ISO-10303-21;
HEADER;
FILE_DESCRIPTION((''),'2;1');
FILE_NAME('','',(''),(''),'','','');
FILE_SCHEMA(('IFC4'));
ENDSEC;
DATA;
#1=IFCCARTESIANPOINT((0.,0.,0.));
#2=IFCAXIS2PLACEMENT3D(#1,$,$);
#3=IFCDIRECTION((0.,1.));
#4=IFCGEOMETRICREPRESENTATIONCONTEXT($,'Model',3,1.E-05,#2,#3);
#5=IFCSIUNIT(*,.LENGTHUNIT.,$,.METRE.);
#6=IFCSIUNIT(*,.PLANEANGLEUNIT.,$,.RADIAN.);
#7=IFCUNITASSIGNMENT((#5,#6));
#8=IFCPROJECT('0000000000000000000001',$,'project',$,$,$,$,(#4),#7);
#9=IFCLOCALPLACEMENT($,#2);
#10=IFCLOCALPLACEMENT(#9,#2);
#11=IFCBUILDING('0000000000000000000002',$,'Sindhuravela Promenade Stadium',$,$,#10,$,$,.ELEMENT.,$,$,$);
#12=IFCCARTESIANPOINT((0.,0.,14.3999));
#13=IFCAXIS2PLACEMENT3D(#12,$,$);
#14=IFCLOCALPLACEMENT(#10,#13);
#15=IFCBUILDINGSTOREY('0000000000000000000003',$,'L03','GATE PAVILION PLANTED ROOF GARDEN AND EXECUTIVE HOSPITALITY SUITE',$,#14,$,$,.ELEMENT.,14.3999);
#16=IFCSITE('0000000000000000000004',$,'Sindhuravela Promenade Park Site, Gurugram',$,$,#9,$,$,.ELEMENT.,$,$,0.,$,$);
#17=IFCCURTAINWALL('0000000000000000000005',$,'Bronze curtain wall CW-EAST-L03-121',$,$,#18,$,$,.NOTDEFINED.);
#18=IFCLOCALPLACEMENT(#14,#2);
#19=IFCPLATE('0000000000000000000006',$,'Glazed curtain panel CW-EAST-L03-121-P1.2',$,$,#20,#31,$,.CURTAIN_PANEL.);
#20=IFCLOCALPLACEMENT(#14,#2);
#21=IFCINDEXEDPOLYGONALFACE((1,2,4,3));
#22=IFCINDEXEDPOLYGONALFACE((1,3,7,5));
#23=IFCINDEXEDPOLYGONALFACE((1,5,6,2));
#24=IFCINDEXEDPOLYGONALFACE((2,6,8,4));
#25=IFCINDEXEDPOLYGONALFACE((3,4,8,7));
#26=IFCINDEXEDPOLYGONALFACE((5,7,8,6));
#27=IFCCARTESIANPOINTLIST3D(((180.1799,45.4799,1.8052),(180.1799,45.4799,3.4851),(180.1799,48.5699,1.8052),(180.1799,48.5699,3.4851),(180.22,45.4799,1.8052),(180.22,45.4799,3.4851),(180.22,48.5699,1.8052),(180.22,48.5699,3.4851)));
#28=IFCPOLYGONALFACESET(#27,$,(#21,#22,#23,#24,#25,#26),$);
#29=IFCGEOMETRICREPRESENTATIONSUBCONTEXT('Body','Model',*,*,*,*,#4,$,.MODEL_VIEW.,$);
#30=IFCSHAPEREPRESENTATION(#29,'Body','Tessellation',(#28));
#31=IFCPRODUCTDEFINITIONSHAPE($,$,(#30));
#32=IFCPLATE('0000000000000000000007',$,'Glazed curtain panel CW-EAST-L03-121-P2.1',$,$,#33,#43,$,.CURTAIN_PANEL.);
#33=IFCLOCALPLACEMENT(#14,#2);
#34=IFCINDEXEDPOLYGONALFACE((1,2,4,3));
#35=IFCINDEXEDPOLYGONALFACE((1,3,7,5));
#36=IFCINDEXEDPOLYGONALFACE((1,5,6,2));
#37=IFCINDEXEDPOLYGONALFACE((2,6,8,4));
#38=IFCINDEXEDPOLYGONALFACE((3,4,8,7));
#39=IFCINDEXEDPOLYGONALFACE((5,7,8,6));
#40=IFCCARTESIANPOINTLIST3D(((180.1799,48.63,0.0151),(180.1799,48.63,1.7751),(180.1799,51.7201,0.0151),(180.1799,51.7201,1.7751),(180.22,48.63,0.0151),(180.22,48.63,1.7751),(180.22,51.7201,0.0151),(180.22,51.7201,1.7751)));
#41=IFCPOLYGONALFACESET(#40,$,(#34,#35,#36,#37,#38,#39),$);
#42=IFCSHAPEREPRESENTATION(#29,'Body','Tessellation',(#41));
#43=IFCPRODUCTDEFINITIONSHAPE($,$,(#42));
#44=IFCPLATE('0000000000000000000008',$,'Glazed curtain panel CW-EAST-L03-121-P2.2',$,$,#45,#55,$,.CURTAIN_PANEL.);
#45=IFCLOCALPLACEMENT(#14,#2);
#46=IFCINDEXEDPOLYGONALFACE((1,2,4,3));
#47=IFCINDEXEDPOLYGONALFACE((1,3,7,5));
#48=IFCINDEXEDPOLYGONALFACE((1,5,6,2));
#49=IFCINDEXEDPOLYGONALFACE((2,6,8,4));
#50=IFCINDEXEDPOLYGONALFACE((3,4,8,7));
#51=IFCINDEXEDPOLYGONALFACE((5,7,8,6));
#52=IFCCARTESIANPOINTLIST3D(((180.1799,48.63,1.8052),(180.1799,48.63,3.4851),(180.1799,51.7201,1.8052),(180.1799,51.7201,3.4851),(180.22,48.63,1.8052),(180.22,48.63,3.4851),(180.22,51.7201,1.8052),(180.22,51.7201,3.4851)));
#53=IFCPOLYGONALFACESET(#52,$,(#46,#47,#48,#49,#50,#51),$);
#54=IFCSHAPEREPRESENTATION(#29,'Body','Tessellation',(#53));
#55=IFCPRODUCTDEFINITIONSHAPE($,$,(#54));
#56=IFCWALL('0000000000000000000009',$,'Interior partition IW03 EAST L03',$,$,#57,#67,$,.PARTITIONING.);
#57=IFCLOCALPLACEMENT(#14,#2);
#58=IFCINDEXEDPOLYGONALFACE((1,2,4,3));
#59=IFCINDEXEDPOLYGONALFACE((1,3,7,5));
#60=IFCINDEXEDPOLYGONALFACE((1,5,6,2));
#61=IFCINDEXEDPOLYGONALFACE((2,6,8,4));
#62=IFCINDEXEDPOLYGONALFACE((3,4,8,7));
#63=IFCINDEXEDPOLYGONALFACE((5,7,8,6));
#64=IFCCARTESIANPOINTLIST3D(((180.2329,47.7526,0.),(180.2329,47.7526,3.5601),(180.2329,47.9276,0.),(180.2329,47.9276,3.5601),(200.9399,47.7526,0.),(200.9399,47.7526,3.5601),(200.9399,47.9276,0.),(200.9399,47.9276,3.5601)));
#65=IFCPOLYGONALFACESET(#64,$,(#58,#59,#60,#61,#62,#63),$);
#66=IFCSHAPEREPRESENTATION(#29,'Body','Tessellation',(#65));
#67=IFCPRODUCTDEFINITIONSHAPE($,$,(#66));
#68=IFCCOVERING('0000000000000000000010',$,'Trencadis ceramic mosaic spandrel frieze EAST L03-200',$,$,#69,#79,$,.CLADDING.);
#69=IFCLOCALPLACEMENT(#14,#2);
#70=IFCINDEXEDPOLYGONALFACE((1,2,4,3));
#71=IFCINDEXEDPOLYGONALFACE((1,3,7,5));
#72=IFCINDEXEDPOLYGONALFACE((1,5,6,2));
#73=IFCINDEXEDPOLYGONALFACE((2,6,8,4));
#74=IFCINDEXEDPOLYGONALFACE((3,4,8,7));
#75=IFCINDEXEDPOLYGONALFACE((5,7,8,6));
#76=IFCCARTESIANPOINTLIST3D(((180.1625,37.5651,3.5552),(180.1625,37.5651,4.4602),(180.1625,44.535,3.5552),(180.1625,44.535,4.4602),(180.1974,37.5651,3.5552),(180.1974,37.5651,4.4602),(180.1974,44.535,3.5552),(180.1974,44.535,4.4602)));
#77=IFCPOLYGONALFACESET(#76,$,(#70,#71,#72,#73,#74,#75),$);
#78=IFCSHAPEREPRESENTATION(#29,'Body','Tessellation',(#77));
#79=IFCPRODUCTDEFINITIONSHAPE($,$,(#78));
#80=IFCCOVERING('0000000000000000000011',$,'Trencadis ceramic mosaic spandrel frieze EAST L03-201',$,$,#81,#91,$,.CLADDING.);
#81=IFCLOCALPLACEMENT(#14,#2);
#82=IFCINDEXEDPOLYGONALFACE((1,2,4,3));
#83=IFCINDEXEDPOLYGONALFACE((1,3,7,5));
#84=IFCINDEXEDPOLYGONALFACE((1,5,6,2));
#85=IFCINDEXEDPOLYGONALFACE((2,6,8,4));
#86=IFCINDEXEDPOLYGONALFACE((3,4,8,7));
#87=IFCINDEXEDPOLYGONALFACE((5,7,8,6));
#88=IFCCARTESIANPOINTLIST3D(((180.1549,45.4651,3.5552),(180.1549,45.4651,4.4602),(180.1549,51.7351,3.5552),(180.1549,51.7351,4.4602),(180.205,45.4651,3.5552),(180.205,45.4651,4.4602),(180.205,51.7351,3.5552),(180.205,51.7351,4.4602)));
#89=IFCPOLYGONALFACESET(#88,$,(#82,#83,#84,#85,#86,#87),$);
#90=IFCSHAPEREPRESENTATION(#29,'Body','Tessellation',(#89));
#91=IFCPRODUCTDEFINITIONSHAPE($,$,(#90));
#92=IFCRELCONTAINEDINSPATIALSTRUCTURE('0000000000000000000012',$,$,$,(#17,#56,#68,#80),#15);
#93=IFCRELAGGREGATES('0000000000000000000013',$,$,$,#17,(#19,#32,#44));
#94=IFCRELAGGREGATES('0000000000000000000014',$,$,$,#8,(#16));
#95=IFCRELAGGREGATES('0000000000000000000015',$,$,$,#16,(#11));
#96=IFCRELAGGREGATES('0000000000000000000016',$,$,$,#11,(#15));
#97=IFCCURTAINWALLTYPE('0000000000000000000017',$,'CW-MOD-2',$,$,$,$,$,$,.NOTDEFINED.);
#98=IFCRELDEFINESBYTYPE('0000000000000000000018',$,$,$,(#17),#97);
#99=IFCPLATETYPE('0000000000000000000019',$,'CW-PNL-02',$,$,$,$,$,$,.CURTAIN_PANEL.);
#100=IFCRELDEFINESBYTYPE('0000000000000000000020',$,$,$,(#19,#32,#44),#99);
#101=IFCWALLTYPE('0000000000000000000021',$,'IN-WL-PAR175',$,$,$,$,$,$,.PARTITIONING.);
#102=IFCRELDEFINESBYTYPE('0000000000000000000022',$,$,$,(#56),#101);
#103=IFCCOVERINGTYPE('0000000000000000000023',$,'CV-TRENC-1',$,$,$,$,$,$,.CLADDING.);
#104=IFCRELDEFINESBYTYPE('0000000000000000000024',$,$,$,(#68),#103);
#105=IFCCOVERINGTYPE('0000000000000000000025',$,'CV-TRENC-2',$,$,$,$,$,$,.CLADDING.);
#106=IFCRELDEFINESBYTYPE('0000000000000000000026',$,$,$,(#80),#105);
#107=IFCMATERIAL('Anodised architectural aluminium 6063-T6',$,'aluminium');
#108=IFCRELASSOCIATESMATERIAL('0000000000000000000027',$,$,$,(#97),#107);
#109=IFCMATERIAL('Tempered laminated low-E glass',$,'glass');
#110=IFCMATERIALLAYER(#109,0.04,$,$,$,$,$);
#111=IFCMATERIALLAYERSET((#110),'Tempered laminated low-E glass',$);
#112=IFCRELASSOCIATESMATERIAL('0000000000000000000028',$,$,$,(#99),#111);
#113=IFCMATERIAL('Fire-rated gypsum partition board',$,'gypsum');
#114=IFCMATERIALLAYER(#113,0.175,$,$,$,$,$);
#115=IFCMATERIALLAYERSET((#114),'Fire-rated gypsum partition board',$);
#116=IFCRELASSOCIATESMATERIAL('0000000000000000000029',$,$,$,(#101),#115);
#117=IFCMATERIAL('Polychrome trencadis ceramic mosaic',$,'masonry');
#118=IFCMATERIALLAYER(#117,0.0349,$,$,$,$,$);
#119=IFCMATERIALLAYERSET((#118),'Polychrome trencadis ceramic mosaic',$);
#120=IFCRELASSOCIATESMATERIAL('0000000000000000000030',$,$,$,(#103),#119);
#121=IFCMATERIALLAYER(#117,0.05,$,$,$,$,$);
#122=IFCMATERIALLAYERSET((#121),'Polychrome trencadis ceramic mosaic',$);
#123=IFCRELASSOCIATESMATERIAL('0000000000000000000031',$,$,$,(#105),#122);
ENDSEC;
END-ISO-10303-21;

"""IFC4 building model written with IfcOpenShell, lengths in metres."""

from ifc_helpers import new_model, si_unit, direction, frame, frame_2d, origin, origin_2d, place, context, subcontext, project, spatial, rectangle, extrude, material, layer, layer_set, type_object, element, aggregate, save


model = new_model("IFC4")

# Units and contexts
model_context = context("Model", 3, precision=1e-05, world=origin(), true_north=direction((0.0, 1.0)))
body_context = subcontext(model_context, "Body", "Model", "MODEL_VIEW")
ifc_project = project(units=[si_unit("LENGTHUNIT", "METRE"), si_unit("PLANEANGLEUNIT", "RADIAN")], contexts=[model_context])

# Site, building, storey
site_placement = place(None, origin())
site = spatial("IfcSite", under=ifc_project, at=site_placement, Name="Sindhuravela Promenade Park Site, Gurugram", CompositionType="ELEMENT", RefElevation=0.0)
building_placement = place(site_placement, origin())
building = spatial("IfcBuilding", under=site, at=building_placement, Name="Sindhuravela Promenade Stadium", CompositionType="ELEMENT")
storey_placement = place(building_placement, frame((0.0, 0.0, 14.3999)))
storey = spatial("IfcBuildingStorey", under=building, at=storey_placement, Name="L03", Description="GATE PAVILION PLANTED ROOF GARDEN AND EXECUTIVE HOSPITALITY SUITE", CompositionType="ELEMENT", Elevation=14.3999)

# Curtain wall
ifc_material_1 = material(Name="Anodised architectural aluminium 6063-T6", Category="aluminium")
curtain_wall_type_1 = type_object("IfcCurtainWallType", Name="CW-MOD-2", PredefinedType="NOTDEFINED", material=ifc_material_1)
curtain_wall_1_placement = place(storey_placement, origin())
curtain_wall_1 = element("IfcCurtainWall", 1, at=curtain_wall_1_placement, inside=storey, type_object=curtain_wall_type_1, Name="Bronze curtain wall CW-EAST-L03-121", PredefinedType="NOTDEFINED")

# Plates
ifc_material_2 = material(Name="Tempered laminated low-E glass", Category="glass")
ifc_layer_1 = layer(ifc_material_2, 0.04)
ifc_layer_set_1 = layer_set([ifc_layer_1], Name="Tempered laminated low-E glass")
plate_type_1 = type_object("IfcPlateType", Name="CW-PNL-02", PredefinedType="CURTAIN_PANEL", material=ifc_layer_set_1)
plate_1_placement = place(storey_placement, frame((180.2, 47.0249, 1.8052), z_axis=(0.0, 0.0, 1.0), x_axis=(0.0, 1.0, 0.0)))
plate_1 = element("IfcPlate", 2, at=plate_1_placement, type_object=plate_type_1, Name="Glazed curtain panel CW-EAST-L03-121-P1.2", PredefinedType="CURTAIN_PANEL", context=body_context, shape_type="SweptSolid", body=[
    extrude(rectangle(XDim=3.0901, YDim=0.04, at=origin_2d()), origin(), (0.0, 0.0, 1.0), 1.6799),
])
plate_2_placement = place(storey_placement, frame((180.2, 50.175, 0.0151), z_axis=(0.0, 0.0, 1.0), x_axis=(0.0, 1.0, 0.0)))
plate_2 = element("IfcPlate", 3, at=plate_2_placement, type_object=plate_type_1, Name="Glazed curtain panel CW-EAST-L03-121-P2.1", PredefinedType="CURTAIN_PANEL", context=body_context, shape_type="SweptSolid", body=[
    extrude(rectangle(XDim=3.0901, YDim=0.04, at=origin_2d()), origin(), (0.0, 0.0, 1.0), 1.76),
])
plate_3_placement = place(storey_placement, frame((180.2, 50.175, 1.8052), z_axis=(0.0, 0.0, 1.0), x_axis=(0.0, 1.0, 0.0)))
plate_3 = element("IfcPlate", 4, at=plate_3_placement, type_object=plate_type_1, Name="Glazed curtain panel CW-EAST-L03-121-P2.2", PredefinedType="CURTAIN_PANEL", context=body_context, shape_type="SweptSolid", body=[
    extrude(rectangle(XDim=3.0901, YDim=0.04, at=origin_2d()), origin(), (0.0, 0.0, 1.0), 1.6799),
])
aggregate(curtain_wall_1, [plate_1, plate_2, plate_3])

# Wall
ifc_material_3 = material(Name="Fire-rated gypsum partition board", Category="gypsum")
ifc_layer_2 = layer(ifc_material_3, 0.175)
ifc_layer_set_2 = layer_set([ifc_layer_2], Name="Fire-rated gypsum partition board")
wall_type = type_object("IfcWallType", Name="IN-WL-PAR175", PredefinedType="PARTITIONING", material=ifc_layer_set_2)
wall_placement = place(storey_placement, frame((180.2329, 47.8401, 0.0), z_axis=(0.0, 0.0, 1.0), x_axis=(1.0, 0.0, 0.0)))
element("IfcWall", 5, at=wall_placement, inside=storey, type_object=wall_type, Name="Interior partition IW03 EAST L03", PredefinedType="PARTITIONING", context=body_context, shape_type="SweptSolid", body=[
    extrude(rectangle(XDim=20.707, YDim=0.175, at=frame_2d((10.3535, 0.0))), origin(), (0.0, 0.0, 1.0), 3.5601),
])

# Coverings
ifc_material_4 = material(Name="Polychrome trencadis ceramic mosaic", Category="masonry")
ifc_layer_3 = layer(ifc_material_4, 0.0349)
ifc_layer_set_3 = layer_set([ifc_layer_3], Name="Polychrome trencadis ceramic mosaic")
covering_type_1 = type_object("IfcCoveringType", Name="CV-TRENC-1", PredefinedType="CLADDING", material=ifc_layer_set_3)
covering_1_placement = place(storey_placement, frame((180.1799, 41.05, 3.5552), z_axis=(0.0, 0.0, 1.0), x_axis=(0.0, 1.0, 0.0)))
element("IfcCovering", 6, at=covering_1_placement, inside=storey, type_object=covering_type_1, Name="Trencadis ceramic mosaic spandrel frieze EAST L03-200", PredefinedType="CLADDING", context=body_context, shape_type="SweptSolid", body=[
    extrude(rectangle(XDim=6.97, YDim=0.0349, at=origin_2d()), origin(), (0.0, 0.0, 1.0), 0.905),
])
ifc_layer_4 = layer(ifc_material_4, 0.05)
ifc_layer_set_4 = layer_set([ifc_layer_4], Name="Polychrome trencadis ceramic mosaic")
covering_type_2 = type_object("IfcCoveringType", Name="CV-TRENC-2", PredefinedType="CLADDING", material=ifc_layer_set_4)
covering_2_placement = place(storey_placement, frame((180.1799, 48.6001, 3.5552), z_axis=(0.0, 0.0, 1.0), x_axis=(0.0, 1.0, 0.0)))
element("IfcCovering", 7, at=covering_2_placement, inside=storey, type_object=covering_type_2, Name="Trencadis ceramic mosaic spandrel frieze EAST L03-201", PredefinedType="CLADDING", context=body_context, shape_type="SweptSolid", body=[
    extrude(rectangle(XDim=6.27, YDim=0.05, at=origin_2d()), origin(), (0.0, 0.0, 1.0), 0.905),
])

save(model, "model.ifc")
